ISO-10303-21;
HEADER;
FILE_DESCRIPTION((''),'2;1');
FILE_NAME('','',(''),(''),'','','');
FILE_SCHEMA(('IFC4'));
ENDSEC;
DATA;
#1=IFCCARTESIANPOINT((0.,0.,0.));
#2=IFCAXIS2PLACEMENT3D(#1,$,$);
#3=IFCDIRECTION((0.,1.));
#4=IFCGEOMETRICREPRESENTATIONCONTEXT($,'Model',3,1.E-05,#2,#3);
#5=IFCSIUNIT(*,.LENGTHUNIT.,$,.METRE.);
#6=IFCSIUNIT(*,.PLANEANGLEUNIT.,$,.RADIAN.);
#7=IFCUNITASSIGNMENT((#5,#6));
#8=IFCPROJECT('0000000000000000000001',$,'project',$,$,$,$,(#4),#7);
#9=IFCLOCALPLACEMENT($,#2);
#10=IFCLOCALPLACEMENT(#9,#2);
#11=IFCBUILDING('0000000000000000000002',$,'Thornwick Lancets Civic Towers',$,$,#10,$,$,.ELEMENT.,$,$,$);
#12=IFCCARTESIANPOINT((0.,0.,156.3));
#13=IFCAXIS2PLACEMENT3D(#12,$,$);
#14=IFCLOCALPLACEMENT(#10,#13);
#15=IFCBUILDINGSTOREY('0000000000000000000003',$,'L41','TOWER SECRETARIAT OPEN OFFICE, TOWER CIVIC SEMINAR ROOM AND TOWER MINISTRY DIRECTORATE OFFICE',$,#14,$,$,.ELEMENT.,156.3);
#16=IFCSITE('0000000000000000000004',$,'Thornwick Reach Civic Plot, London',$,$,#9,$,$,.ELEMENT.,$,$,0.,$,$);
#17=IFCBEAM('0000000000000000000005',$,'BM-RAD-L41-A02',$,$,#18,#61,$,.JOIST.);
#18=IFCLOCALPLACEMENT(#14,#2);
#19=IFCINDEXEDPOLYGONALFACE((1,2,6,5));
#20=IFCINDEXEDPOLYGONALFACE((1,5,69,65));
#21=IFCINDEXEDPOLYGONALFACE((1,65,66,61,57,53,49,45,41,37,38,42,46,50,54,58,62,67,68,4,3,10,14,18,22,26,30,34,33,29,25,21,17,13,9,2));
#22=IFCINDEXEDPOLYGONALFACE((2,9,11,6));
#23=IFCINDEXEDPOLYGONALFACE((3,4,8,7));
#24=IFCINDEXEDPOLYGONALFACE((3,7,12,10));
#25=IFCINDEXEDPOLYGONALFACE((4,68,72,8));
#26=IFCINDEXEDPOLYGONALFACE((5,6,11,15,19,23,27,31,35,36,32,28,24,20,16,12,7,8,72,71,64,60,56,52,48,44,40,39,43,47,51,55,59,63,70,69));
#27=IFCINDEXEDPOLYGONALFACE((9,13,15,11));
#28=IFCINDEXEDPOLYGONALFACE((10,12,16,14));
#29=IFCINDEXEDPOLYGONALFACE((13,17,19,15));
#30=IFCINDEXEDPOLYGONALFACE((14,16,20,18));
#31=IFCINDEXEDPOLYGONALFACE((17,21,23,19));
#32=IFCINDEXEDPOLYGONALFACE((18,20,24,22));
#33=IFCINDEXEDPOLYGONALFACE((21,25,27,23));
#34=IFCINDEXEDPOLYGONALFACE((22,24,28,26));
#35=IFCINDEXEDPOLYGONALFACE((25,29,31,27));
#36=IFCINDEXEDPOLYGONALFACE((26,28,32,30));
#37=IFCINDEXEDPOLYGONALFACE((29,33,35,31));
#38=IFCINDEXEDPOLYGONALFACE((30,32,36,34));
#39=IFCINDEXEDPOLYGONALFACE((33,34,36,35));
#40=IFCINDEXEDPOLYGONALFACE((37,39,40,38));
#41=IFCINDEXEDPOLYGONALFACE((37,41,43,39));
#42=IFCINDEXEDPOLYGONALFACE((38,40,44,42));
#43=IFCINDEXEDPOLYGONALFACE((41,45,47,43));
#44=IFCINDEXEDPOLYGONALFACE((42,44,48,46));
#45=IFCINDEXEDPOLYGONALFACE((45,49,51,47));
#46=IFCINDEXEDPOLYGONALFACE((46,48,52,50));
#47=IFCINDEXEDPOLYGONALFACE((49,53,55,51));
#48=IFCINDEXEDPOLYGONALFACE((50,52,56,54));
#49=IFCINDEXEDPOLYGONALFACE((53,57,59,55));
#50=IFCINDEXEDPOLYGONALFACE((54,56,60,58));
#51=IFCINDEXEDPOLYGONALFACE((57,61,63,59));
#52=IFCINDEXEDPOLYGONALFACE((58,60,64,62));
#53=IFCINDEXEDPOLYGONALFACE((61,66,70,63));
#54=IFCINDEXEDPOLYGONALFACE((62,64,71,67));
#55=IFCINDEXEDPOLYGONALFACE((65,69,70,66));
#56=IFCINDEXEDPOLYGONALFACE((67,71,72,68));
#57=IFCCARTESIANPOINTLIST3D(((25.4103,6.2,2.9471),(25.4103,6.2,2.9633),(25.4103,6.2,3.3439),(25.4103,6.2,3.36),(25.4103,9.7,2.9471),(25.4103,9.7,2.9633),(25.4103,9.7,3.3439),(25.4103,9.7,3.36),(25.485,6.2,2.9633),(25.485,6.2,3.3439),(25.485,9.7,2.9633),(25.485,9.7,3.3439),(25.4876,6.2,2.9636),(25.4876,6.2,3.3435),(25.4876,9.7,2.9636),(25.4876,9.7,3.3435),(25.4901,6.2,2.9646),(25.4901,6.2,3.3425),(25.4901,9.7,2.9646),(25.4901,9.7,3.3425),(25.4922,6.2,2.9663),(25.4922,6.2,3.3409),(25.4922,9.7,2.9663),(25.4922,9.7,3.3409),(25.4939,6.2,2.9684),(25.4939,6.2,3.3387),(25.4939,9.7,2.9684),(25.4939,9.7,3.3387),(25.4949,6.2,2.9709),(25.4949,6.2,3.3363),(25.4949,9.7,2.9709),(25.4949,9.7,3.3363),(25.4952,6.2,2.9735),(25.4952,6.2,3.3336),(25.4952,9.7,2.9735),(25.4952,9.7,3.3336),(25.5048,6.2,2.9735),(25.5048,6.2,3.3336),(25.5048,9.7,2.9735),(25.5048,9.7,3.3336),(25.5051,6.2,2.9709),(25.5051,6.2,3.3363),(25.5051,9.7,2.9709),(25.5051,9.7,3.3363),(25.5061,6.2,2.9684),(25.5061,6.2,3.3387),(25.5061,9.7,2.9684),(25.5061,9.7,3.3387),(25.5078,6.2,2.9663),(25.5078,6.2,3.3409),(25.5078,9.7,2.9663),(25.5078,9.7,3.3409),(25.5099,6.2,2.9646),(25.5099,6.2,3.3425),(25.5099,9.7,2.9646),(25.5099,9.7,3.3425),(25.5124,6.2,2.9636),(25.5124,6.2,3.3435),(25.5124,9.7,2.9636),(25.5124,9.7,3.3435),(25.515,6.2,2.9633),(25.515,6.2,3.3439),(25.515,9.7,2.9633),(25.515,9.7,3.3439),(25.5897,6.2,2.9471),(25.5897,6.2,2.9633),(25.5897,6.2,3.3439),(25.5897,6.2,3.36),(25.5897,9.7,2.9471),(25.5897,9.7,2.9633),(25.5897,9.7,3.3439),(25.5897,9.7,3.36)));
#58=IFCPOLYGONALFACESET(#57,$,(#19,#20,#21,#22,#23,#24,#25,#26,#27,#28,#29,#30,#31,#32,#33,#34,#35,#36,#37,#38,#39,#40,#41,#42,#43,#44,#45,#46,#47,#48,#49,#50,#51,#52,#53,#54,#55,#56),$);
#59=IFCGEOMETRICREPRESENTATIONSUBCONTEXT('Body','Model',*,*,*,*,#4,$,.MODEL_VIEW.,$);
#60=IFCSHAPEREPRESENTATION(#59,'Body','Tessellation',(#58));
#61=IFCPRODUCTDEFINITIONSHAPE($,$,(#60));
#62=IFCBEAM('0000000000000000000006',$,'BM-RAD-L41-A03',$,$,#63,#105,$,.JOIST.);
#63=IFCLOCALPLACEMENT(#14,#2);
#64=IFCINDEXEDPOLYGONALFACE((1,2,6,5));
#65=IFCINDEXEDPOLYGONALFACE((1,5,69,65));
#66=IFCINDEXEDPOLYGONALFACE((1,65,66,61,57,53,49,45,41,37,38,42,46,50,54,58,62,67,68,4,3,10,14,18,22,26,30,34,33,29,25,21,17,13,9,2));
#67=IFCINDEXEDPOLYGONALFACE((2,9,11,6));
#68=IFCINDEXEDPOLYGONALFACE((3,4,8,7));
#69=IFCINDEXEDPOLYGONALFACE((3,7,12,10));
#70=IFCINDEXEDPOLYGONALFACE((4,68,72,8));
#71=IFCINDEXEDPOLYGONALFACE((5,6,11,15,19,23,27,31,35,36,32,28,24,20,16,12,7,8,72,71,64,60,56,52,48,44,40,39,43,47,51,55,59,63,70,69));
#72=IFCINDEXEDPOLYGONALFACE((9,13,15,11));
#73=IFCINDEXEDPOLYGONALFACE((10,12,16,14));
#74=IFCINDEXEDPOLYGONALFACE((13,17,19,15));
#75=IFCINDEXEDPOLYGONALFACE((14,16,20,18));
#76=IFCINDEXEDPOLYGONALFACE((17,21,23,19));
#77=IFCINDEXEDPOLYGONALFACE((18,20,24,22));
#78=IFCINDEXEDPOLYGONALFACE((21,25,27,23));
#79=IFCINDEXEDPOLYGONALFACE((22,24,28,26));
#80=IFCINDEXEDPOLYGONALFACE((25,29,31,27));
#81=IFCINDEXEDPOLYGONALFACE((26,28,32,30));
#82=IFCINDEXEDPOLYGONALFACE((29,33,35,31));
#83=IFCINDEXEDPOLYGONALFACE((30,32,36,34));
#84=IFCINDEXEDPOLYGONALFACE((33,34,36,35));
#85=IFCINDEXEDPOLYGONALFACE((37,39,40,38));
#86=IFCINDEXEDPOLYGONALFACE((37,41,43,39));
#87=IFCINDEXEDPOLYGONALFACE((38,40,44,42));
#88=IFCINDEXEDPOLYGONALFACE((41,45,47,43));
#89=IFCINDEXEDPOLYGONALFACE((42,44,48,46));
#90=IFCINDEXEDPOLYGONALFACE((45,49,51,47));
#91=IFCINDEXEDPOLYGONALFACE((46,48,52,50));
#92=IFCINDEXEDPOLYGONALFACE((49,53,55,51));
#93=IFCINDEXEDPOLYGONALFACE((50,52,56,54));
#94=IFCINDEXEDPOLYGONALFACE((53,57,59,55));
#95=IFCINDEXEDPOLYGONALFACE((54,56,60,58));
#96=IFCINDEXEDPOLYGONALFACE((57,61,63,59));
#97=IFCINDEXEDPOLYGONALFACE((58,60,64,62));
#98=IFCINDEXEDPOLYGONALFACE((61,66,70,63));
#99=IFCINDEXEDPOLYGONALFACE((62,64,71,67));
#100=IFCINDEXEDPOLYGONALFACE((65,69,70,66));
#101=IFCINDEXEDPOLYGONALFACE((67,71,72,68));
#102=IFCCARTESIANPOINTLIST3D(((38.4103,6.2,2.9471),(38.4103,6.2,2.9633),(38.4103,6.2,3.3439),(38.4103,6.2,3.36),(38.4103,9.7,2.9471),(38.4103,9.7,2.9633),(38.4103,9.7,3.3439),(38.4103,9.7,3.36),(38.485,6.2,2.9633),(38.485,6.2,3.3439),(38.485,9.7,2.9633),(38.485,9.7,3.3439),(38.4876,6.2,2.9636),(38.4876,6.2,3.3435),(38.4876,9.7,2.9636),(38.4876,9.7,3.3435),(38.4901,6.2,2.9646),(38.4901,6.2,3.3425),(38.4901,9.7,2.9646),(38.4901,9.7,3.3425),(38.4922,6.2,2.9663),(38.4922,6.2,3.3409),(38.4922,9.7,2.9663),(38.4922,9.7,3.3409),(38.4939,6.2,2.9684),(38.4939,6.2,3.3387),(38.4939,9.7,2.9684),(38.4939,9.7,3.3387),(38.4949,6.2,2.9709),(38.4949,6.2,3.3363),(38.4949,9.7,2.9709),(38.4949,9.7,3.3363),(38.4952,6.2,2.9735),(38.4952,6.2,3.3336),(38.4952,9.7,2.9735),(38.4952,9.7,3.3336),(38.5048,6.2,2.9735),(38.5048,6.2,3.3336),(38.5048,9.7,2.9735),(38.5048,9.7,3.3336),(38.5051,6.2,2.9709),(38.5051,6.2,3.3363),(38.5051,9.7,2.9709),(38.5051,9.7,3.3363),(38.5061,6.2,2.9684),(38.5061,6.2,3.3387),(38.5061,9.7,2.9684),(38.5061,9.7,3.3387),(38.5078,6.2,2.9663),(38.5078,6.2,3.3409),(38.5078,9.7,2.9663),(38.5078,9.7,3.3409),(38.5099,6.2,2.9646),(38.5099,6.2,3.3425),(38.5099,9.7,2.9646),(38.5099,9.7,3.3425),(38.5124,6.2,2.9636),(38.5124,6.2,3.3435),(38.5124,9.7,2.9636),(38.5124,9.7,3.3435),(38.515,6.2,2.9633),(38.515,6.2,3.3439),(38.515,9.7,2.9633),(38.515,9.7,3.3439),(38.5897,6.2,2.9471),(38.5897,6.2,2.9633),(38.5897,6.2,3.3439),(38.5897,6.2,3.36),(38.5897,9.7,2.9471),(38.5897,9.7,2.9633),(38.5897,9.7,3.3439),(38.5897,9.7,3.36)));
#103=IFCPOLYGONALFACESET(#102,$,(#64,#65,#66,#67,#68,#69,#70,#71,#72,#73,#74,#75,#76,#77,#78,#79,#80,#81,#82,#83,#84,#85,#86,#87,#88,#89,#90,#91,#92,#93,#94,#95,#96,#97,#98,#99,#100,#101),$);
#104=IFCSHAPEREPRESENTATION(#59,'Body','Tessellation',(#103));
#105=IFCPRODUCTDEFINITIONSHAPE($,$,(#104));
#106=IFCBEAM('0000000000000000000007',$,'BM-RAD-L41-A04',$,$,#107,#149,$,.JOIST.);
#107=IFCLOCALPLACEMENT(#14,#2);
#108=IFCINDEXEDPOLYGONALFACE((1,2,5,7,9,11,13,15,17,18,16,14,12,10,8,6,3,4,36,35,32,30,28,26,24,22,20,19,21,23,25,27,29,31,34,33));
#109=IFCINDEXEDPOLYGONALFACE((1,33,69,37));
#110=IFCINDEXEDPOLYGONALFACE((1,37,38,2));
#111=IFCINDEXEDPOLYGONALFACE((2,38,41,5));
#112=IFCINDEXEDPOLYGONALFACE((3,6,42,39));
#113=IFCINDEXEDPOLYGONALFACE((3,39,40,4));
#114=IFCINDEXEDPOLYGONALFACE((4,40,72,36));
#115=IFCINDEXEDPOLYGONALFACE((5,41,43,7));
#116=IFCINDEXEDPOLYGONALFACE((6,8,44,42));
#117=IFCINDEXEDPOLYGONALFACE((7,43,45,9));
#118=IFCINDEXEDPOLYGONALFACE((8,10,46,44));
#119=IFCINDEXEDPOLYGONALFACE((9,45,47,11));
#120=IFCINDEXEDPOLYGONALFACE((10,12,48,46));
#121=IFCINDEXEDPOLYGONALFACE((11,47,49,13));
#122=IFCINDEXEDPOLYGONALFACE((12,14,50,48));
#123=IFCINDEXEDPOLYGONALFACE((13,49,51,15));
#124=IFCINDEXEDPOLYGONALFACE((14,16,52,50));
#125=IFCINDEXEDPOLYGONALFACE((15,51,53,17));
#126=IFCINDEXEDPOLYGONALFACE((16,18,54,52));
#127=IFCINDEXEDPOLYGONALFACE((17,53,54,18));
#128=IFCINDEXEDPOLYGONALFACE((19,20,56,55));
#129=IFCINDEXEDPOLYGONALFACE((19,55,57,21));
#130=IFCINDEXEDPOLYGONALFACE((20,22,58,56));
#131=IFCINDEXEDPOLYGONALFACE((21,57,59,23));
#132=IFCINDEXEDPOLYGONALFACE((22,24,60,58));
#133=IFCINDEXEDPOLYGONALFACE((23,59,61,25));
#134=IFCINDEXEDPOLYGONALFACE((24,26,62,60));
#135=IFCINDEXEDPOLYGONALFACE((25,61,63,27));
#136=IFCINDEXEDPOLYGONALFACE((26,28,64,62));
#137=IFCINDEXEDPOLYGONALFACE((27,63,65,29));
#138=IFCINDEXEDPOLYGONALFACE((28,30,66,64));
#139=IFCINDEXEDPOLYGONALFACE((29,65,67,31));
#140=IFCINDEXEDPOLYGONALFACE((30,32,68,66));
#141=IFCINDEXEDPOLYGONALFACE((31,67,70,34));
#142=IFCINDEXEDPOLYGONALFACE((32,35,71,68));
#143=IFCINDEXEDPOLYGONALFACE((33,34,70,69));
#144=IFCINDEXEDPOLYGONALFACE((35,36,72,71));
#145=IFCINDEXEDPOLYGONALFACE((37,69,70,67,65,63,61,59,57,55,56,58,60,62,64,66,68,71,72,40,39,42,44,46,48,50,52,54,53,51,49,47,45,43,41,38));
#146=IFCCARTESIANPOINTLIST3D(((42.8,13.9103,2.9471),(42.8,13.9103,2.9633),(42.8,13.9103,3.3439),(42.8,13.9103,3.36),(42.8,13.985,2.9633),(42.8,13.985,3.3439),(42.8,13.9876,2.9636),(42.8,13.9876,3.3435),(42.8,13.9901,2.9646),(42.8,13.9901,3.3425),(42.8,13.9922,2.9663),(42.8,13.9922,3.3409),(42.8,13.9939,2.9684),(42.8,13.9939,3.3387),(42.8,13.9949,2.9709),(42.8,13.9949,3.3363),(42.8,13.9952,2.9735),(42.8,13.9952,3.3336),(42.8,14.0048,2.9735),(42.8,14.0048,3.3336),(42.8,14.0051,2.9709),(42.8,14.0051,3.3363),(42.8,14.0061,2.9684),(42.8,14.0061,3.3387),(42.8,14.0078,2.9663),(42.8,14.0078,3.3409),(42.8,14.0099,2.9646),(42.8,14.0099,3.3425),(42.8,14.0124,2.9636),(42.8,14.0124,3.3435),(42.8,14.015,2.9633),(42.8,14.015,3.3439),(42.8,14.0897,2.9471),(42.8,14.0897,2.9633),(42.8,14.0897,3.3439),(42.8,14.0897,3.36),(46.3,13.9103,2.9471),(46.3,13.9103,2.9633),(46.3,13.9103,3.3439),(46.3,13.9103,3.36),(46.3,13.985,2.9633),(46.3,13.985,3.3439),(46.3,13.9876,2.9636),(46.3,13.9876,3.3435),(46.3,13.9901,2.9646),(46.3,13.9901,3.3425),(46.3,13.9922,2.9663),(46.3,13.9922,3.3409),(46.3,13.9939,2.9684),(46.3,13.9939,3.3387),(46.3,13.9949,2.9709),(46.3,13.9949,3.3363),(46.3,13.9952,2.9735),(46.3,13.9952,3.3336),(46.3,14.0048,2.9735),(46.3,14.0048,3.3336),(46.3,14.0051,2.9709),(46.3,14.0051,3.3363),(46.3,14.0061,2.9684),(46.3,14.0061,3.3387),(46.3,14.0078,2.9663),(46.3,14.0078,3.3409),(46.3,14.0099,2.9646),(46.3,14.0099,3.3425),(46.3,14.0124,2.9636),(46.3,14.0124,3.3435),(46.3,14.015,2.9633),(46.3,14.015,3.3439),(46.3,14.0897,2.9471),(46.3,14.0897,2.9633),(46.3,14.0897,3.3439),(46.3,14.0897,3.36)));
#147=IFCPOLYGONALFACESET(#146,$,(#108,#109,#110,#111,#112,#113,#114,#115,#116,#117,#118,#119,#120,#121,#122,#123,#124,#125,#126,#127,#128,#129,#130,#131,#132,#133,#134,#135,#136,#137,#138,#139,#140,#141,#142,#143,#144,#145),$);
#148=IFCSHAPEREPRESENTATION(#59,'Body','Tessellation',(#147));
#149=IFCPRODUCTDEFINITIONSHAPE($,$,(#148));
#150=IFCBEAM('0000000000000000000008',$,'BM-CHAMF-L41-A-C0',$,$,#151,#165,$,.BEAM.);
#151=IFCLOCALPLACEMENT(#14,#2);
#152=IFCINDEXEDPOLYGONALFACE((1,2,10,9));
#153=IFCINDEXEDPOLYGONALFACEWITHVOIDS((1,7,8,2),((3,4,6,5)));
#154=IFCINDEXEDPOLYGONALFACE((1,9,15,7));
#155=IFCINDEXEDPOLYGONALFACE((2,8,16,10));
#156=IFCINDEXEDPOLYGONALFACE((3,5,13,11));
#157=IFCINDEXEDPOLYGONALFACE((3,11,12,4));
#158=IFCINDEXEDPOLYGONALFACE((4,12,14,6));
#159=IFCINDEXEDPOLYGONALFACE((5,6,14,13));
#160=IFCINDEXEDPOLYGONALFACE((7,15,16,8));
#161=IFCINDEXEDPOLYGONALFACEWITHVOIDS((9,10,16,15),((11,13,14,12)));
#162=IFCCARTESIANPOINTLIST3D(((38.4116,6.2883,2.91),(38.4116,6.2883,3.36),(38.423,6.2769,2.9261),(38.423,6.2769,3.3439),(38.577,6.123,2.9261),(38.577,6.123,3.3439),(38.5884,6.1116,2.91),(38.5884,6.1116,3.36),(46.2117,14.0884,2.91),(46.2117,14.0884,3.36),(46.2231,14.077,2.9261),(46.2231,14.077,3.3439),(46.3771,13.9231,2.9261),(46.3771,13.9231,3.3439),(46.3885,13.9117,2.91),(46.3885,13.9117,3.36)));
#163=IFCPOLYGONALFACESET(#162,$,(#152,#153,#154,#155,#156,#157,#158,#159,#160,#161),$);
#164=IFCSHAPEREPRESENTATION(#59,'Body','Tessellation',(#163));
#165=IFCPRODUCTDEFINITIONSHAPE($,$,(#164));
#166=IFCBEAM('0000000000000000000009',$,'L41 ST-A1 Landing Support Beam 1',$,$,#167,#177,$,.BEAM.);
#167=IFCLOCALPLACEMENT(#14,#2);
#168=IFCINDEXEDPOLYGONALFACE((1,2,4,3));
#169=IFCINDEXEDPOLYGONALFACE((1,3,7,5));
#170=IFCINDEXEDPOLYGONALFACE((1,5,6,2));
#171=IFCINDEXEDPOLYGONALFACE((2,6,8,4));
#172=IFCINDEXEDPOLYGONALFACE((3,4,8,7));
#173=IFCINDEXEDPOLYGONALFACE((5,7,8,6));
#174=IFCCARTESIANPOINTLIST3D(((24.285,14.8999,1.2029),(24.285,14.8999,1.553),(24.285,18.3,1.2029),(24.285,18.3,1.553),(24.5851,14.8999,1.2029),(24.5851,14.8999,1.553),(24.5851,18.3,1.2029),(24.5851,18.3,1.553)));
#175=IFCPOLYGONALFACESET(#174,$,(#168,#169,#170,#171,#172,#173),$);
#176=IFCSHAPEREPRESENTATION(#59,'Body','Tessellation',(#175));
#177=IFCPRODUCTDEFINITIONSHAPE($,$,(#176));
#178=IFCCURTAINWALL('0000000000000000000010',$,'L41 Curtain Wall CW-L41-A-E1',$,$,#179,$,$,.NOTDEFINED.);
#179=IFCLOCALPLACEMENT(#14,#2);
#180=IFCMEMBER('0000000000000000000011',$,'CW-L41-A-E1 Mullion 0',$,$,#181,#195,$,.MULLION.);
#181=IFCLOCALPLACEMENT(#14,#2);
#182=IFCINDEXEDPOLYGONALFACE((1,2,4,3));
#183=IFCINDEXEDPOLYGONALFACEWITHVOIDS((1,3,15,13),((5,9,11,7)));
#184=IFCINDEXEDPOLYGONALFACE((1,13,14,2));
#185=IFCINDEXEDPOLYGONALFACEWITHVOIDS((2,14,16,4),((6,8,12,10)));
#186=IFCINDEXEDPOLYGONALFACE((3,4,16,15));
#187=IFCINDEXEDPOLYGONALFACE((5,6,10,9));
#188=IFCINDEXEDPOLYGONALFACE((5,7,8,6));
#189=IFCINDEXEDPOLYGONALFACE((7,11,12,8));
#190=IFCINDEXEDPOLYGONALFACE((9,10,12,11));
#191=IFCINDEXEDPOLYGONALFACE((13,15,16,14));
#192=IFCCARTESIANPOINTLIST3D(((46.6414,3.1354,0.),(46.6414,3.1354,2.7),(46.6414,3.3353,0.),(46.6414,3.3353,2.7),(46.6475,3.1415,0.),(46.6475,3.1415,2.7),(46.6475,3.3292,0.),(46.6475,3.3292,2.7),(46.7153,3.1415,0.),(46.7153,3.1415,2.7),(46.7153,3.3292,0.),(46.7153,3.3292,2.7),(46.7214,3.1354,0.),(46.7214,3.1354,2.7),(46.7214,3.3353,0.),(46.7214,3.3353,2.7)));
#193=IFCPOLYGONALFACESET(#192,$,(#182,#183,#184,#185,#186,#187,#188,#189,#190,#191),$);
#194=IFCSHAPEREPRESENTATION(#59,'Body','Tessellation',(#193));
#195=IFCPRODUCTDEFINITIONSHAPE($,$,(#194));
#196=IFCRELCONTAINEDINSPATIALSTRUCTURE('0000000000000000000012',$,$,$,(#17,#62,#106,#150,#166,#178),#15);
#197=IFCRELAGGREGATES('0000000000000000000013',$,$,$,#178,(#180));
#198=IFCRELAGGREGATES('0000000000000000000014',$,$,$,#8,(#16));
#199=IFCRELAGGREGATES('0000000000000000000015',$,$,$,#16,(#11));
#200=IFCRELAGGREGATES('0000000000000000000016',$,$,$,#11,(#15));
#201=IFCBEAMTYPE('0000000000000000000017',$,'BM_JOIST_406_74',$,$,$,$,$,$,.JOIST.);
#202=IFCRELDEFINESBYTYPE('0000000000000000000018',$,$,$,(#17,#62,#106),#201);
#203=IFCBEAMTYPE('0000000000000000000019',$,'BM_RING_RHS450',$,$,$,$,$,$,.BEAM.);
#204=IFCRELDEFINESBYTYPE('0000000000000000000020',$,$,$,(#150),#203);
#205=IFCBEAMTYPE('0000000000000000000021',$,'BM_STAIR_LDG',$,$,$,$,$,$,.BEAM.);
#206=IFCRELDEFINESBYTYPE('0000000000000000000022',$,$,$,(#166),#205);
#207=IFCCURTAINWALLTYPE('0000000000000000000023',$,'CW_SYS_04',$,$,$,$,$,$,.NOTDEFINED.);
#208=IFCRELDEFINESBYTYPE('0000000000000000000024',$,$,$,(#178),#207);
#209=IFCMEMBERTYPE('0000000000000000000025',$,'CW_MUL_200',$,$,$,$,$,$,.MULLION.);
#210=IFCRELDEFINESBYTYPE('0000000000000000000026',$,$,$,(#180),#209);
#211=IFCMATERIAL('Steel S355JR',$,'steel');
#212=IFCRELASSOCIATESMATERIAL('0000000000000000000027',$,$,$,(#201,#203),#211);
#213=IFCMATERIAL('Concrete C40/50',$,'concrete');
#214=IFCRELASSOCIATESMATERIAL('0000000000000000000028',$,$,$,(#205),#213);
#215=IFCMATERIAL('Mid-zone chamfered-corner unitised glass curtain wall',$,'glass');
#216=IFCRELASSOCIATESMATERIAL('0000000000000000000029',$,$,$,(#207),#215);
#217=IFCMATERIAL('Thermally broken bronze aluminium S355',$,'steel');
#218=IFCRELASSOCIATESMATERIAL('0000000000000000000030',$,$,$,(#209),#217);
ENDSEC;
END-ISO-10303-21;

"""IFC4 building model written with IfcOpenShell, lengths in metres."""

from ifc_helpers import new_model, si_unit, direction, frame, origin, origin_2d, place, context, subcontext, project, spatial, rectangle, hollow_rectangle, i_section, extrude, material, material_profile, profile_set, type_object, element, aggregate, save


model = new_model("IFC4")

# Units and contexts
model_context = context("Model", 3, precision=1e-05, world=origin(), true_north=direction((0.0, 1.0)))
body_context = subcontext(model_context, "Body", "Model", "MODEL_VIEW")
ifc_project = project(units=[si_unit("LENGTHUNIT", "METRE"), si_unit("PLANEANGLEUNIT", "RADIAN")], contexts=[model_context])

# Site, building, storey
site_placement = place(None, origin())
site = spatial("IfcSite", under=ifc_project, at=site_placement, Name="Thornwick Reach Civic Plot, London", CompositionType="ELEMENT", RefElevation=0.0)
building_placement = place(site_placement, origin())
building = spatial("IfcBuilding", under=site, at=building_placement, Name="Thornwick Lancets Civic Towers", CompositionType="ELEMENT")
storey_placement = place(building_placement, frame((0.0, 0.0, 156.3)))
storey = spatial("IfcBuildingStorey", under=building, at=storey_placement, Name="L41", Description="TOWER SECRETARIAT OPEN OFFICE, TOWER CIVIC SEMINAR ROOM AND TOWER MINISTRY DIRECTORATE OFFICE", CompositionType="ELEMENT", Elevation=156.3)

# Beams
ifc_material_1 = material(Name="Steel S355JR", Category="steel")
ifc_material_profile_1 = material_profile(ifc_material_1, i_section(OverallWidth=0.1794, OverallDepth=0.4128, WebThickness=0.0095, FlangeThickness=0.0161, FilletRadius=0.0103, at=origin_2d()), Name="UKB 406x178x74")
ifc_profile_set_1 = profile_set([ifc_material_profile_1], Name="Steel S355JR")
beam_type_1 = type_object("IfcBeamType", Name="BM_JOIST_406_74", PredefinedType="JOIST", material=ifc_profile_set_1)
for number, where, z_axis, x_axis, name in (
    (1, (25.5, 9.7, 3.1536), (0.0, -1.0, 0.0), (1.0, 0.0, 0.0), "BM-RAD-L41-A02"),
    (2, (38.5, 9.7, 3.1536), (0.0, -1.0, 0.0), (1.0, 0.0, 0.0), "BM-RAD-L41-A03"),
    (3, (42.8, 14.0, 3.1536), (1.0, 0.0, 0.0), (0.0, 1.0, 0.0), "BM-RAD-L41-A04"),
):
    element("IfcBeam", number, at=place(storey_placement, frame(where, z_axis=z_axis, x_axis=x_axis)), inside=storey, type_object=beam_type_1, Name=name, PredefinedType="JOIST", context=body_context, shape_type="SweptSolid", body=[
        extrude(i_section(OverallWidth=0.1794, OverallDepth=0.4128, WebThickness=0.0095, FlangeThickness=0.0161, FilletRadius=0.0103, at=origin_2d()), origin(), (0.0, 0.0, 1.0), 3.5),
    ])
ifc_material_profile_2 = material_profile(ifc_material_1, hollow_rectangle(XDim=0.25, YDim=0.45, WallThickness=0.0161, at=origin_2d()), Name="RHS 450x250x16")
ifc_profile_set_2 = profile_set([ifc_material_profile_2], Name="Steel S355JR")
beam_type_2 = type_object("IfcBeamType", Name="BM_RING_RHS450", PredefinedType="BEAM", material=ifc_profile_set_2)
beam_1_placement = place(storey_placement, frame((38.5, 6.2, 3.135), z_axis=(0.707107, 0.707107, 0.0), x_axis=(-0.707107, 0.707107, 0.0)))
element("IfcBeam", 4, at=beam_1_placement, inside=storey, type_object=beam_type_2, Name="BM-CHAMF-L41-A-C0", PredefinedType="BEAM", context=body_context, shape_type="SweptSolid", body=[
    extrude(hollow_rectangle(XDim=0.25, YDim=0.45, WallThickness=0.0161, at=origin_2d()), origin(), (0.0, 0.0, 1.0), 11.031),
])
ifc_material_2 = material(Name="Concrete C40/50", Category="concrete")
ifc_material_profile_3 = material_profile(ifc_material_2, rectangle(XDim=0.3, YDim=0.3501, at=origin_2d()), Name="RC 300x350")
ifc_profile_set_3 = profile_set([ifc_material_profile_3], Name="Concrete C40/50")
beam_type_3 = type_object("IfcBeamType", Name="BM_STAIR_LDG", PredefinedType="BEAM", material=ifc_profile_set_3)
beam_2_placement = place(storey_placement, frame((24.4351, 14.8999, 1.3779), z_axis=(0.0, 1.0, 0.0), x_axis=(-1.0, 0.0, 0.0)))
element("IfcBeam", 5, at=beam_2_placement, inside=storey, type_object=beam_type_3, Name="L41 ST-A1 Landing Support Beam 1", PredefinedType="BEAM", context=body_context, shape_type="SweptSolid", body=[
    extrude(rectangle(XDim=0.3, YDim=0.3501, at=origin_2d()), origin(), (0.0, 0.0, 1.0), 3.4001),
])

# Curtain wall, member
ifc_material_3 = material(Name="Mid-zone chamfered-corner unitised glass curtain wall", Category="glass")
curtain_wall_type = type_object("IfcCurtainWallType", Name="CW_SYS_04", PredefinedType="NOTDEFINED", material=ifc_material_3)
curtain_wall_placement = place(storey_placement, origin())
curtain_wall = element("IfcCurtainWall", 6, at=curtain_wall_placement, inside=storey, type_object=curtain_wall_type, Name="L41 Curtain Wall CW-L41-A-E1", PredefinedType="NOTDEFINED")
ifc_material_4 = material(Name="Thermally broken bronze aluminium S355", Category="steel")
ifc_material_profile_4 = material_profile(ifc_material_4, hollow_rectangle(XDim=0.0801, YDim=0.2, WallThickness=0.0061, at=origin_2d()), Name="RHS 200x80x6")
ifc_profile_set_4 = profile_set([ifc_material_profile_4], Name="Thermally broken bronze aluminium S355")
member_type_1 = type_object("IfcMemberType", Name="CW_MUL_200", PredefinedType="MULLION", material=ifc_profile_set_4)
member_1_placement = place(storey_placement, frame((46.6814, 3.2354, 0.0), z_axis=(0.0, 0.0, 1.0), x_axis=(1.0, 0.0, 0.0)))
member_1 = element("IfcMember", 7, at=member_1_placement, type_object=member_type_1, Name="CW-L41-A-E1 Mullion 0", PredefinedType="MULLION", context=body_context, shape_type="SweptSolid", body=[
    extrude(hollow_rectangle(XDim=0.0801, YDim=0.2, WallThickness=0.0061, at=origin_2d()), origin(), (0.0, 0.0, 1.0), 2.7),
])
aggregate(curtain_wall, [member_1])

save(model, "model.ifc")
